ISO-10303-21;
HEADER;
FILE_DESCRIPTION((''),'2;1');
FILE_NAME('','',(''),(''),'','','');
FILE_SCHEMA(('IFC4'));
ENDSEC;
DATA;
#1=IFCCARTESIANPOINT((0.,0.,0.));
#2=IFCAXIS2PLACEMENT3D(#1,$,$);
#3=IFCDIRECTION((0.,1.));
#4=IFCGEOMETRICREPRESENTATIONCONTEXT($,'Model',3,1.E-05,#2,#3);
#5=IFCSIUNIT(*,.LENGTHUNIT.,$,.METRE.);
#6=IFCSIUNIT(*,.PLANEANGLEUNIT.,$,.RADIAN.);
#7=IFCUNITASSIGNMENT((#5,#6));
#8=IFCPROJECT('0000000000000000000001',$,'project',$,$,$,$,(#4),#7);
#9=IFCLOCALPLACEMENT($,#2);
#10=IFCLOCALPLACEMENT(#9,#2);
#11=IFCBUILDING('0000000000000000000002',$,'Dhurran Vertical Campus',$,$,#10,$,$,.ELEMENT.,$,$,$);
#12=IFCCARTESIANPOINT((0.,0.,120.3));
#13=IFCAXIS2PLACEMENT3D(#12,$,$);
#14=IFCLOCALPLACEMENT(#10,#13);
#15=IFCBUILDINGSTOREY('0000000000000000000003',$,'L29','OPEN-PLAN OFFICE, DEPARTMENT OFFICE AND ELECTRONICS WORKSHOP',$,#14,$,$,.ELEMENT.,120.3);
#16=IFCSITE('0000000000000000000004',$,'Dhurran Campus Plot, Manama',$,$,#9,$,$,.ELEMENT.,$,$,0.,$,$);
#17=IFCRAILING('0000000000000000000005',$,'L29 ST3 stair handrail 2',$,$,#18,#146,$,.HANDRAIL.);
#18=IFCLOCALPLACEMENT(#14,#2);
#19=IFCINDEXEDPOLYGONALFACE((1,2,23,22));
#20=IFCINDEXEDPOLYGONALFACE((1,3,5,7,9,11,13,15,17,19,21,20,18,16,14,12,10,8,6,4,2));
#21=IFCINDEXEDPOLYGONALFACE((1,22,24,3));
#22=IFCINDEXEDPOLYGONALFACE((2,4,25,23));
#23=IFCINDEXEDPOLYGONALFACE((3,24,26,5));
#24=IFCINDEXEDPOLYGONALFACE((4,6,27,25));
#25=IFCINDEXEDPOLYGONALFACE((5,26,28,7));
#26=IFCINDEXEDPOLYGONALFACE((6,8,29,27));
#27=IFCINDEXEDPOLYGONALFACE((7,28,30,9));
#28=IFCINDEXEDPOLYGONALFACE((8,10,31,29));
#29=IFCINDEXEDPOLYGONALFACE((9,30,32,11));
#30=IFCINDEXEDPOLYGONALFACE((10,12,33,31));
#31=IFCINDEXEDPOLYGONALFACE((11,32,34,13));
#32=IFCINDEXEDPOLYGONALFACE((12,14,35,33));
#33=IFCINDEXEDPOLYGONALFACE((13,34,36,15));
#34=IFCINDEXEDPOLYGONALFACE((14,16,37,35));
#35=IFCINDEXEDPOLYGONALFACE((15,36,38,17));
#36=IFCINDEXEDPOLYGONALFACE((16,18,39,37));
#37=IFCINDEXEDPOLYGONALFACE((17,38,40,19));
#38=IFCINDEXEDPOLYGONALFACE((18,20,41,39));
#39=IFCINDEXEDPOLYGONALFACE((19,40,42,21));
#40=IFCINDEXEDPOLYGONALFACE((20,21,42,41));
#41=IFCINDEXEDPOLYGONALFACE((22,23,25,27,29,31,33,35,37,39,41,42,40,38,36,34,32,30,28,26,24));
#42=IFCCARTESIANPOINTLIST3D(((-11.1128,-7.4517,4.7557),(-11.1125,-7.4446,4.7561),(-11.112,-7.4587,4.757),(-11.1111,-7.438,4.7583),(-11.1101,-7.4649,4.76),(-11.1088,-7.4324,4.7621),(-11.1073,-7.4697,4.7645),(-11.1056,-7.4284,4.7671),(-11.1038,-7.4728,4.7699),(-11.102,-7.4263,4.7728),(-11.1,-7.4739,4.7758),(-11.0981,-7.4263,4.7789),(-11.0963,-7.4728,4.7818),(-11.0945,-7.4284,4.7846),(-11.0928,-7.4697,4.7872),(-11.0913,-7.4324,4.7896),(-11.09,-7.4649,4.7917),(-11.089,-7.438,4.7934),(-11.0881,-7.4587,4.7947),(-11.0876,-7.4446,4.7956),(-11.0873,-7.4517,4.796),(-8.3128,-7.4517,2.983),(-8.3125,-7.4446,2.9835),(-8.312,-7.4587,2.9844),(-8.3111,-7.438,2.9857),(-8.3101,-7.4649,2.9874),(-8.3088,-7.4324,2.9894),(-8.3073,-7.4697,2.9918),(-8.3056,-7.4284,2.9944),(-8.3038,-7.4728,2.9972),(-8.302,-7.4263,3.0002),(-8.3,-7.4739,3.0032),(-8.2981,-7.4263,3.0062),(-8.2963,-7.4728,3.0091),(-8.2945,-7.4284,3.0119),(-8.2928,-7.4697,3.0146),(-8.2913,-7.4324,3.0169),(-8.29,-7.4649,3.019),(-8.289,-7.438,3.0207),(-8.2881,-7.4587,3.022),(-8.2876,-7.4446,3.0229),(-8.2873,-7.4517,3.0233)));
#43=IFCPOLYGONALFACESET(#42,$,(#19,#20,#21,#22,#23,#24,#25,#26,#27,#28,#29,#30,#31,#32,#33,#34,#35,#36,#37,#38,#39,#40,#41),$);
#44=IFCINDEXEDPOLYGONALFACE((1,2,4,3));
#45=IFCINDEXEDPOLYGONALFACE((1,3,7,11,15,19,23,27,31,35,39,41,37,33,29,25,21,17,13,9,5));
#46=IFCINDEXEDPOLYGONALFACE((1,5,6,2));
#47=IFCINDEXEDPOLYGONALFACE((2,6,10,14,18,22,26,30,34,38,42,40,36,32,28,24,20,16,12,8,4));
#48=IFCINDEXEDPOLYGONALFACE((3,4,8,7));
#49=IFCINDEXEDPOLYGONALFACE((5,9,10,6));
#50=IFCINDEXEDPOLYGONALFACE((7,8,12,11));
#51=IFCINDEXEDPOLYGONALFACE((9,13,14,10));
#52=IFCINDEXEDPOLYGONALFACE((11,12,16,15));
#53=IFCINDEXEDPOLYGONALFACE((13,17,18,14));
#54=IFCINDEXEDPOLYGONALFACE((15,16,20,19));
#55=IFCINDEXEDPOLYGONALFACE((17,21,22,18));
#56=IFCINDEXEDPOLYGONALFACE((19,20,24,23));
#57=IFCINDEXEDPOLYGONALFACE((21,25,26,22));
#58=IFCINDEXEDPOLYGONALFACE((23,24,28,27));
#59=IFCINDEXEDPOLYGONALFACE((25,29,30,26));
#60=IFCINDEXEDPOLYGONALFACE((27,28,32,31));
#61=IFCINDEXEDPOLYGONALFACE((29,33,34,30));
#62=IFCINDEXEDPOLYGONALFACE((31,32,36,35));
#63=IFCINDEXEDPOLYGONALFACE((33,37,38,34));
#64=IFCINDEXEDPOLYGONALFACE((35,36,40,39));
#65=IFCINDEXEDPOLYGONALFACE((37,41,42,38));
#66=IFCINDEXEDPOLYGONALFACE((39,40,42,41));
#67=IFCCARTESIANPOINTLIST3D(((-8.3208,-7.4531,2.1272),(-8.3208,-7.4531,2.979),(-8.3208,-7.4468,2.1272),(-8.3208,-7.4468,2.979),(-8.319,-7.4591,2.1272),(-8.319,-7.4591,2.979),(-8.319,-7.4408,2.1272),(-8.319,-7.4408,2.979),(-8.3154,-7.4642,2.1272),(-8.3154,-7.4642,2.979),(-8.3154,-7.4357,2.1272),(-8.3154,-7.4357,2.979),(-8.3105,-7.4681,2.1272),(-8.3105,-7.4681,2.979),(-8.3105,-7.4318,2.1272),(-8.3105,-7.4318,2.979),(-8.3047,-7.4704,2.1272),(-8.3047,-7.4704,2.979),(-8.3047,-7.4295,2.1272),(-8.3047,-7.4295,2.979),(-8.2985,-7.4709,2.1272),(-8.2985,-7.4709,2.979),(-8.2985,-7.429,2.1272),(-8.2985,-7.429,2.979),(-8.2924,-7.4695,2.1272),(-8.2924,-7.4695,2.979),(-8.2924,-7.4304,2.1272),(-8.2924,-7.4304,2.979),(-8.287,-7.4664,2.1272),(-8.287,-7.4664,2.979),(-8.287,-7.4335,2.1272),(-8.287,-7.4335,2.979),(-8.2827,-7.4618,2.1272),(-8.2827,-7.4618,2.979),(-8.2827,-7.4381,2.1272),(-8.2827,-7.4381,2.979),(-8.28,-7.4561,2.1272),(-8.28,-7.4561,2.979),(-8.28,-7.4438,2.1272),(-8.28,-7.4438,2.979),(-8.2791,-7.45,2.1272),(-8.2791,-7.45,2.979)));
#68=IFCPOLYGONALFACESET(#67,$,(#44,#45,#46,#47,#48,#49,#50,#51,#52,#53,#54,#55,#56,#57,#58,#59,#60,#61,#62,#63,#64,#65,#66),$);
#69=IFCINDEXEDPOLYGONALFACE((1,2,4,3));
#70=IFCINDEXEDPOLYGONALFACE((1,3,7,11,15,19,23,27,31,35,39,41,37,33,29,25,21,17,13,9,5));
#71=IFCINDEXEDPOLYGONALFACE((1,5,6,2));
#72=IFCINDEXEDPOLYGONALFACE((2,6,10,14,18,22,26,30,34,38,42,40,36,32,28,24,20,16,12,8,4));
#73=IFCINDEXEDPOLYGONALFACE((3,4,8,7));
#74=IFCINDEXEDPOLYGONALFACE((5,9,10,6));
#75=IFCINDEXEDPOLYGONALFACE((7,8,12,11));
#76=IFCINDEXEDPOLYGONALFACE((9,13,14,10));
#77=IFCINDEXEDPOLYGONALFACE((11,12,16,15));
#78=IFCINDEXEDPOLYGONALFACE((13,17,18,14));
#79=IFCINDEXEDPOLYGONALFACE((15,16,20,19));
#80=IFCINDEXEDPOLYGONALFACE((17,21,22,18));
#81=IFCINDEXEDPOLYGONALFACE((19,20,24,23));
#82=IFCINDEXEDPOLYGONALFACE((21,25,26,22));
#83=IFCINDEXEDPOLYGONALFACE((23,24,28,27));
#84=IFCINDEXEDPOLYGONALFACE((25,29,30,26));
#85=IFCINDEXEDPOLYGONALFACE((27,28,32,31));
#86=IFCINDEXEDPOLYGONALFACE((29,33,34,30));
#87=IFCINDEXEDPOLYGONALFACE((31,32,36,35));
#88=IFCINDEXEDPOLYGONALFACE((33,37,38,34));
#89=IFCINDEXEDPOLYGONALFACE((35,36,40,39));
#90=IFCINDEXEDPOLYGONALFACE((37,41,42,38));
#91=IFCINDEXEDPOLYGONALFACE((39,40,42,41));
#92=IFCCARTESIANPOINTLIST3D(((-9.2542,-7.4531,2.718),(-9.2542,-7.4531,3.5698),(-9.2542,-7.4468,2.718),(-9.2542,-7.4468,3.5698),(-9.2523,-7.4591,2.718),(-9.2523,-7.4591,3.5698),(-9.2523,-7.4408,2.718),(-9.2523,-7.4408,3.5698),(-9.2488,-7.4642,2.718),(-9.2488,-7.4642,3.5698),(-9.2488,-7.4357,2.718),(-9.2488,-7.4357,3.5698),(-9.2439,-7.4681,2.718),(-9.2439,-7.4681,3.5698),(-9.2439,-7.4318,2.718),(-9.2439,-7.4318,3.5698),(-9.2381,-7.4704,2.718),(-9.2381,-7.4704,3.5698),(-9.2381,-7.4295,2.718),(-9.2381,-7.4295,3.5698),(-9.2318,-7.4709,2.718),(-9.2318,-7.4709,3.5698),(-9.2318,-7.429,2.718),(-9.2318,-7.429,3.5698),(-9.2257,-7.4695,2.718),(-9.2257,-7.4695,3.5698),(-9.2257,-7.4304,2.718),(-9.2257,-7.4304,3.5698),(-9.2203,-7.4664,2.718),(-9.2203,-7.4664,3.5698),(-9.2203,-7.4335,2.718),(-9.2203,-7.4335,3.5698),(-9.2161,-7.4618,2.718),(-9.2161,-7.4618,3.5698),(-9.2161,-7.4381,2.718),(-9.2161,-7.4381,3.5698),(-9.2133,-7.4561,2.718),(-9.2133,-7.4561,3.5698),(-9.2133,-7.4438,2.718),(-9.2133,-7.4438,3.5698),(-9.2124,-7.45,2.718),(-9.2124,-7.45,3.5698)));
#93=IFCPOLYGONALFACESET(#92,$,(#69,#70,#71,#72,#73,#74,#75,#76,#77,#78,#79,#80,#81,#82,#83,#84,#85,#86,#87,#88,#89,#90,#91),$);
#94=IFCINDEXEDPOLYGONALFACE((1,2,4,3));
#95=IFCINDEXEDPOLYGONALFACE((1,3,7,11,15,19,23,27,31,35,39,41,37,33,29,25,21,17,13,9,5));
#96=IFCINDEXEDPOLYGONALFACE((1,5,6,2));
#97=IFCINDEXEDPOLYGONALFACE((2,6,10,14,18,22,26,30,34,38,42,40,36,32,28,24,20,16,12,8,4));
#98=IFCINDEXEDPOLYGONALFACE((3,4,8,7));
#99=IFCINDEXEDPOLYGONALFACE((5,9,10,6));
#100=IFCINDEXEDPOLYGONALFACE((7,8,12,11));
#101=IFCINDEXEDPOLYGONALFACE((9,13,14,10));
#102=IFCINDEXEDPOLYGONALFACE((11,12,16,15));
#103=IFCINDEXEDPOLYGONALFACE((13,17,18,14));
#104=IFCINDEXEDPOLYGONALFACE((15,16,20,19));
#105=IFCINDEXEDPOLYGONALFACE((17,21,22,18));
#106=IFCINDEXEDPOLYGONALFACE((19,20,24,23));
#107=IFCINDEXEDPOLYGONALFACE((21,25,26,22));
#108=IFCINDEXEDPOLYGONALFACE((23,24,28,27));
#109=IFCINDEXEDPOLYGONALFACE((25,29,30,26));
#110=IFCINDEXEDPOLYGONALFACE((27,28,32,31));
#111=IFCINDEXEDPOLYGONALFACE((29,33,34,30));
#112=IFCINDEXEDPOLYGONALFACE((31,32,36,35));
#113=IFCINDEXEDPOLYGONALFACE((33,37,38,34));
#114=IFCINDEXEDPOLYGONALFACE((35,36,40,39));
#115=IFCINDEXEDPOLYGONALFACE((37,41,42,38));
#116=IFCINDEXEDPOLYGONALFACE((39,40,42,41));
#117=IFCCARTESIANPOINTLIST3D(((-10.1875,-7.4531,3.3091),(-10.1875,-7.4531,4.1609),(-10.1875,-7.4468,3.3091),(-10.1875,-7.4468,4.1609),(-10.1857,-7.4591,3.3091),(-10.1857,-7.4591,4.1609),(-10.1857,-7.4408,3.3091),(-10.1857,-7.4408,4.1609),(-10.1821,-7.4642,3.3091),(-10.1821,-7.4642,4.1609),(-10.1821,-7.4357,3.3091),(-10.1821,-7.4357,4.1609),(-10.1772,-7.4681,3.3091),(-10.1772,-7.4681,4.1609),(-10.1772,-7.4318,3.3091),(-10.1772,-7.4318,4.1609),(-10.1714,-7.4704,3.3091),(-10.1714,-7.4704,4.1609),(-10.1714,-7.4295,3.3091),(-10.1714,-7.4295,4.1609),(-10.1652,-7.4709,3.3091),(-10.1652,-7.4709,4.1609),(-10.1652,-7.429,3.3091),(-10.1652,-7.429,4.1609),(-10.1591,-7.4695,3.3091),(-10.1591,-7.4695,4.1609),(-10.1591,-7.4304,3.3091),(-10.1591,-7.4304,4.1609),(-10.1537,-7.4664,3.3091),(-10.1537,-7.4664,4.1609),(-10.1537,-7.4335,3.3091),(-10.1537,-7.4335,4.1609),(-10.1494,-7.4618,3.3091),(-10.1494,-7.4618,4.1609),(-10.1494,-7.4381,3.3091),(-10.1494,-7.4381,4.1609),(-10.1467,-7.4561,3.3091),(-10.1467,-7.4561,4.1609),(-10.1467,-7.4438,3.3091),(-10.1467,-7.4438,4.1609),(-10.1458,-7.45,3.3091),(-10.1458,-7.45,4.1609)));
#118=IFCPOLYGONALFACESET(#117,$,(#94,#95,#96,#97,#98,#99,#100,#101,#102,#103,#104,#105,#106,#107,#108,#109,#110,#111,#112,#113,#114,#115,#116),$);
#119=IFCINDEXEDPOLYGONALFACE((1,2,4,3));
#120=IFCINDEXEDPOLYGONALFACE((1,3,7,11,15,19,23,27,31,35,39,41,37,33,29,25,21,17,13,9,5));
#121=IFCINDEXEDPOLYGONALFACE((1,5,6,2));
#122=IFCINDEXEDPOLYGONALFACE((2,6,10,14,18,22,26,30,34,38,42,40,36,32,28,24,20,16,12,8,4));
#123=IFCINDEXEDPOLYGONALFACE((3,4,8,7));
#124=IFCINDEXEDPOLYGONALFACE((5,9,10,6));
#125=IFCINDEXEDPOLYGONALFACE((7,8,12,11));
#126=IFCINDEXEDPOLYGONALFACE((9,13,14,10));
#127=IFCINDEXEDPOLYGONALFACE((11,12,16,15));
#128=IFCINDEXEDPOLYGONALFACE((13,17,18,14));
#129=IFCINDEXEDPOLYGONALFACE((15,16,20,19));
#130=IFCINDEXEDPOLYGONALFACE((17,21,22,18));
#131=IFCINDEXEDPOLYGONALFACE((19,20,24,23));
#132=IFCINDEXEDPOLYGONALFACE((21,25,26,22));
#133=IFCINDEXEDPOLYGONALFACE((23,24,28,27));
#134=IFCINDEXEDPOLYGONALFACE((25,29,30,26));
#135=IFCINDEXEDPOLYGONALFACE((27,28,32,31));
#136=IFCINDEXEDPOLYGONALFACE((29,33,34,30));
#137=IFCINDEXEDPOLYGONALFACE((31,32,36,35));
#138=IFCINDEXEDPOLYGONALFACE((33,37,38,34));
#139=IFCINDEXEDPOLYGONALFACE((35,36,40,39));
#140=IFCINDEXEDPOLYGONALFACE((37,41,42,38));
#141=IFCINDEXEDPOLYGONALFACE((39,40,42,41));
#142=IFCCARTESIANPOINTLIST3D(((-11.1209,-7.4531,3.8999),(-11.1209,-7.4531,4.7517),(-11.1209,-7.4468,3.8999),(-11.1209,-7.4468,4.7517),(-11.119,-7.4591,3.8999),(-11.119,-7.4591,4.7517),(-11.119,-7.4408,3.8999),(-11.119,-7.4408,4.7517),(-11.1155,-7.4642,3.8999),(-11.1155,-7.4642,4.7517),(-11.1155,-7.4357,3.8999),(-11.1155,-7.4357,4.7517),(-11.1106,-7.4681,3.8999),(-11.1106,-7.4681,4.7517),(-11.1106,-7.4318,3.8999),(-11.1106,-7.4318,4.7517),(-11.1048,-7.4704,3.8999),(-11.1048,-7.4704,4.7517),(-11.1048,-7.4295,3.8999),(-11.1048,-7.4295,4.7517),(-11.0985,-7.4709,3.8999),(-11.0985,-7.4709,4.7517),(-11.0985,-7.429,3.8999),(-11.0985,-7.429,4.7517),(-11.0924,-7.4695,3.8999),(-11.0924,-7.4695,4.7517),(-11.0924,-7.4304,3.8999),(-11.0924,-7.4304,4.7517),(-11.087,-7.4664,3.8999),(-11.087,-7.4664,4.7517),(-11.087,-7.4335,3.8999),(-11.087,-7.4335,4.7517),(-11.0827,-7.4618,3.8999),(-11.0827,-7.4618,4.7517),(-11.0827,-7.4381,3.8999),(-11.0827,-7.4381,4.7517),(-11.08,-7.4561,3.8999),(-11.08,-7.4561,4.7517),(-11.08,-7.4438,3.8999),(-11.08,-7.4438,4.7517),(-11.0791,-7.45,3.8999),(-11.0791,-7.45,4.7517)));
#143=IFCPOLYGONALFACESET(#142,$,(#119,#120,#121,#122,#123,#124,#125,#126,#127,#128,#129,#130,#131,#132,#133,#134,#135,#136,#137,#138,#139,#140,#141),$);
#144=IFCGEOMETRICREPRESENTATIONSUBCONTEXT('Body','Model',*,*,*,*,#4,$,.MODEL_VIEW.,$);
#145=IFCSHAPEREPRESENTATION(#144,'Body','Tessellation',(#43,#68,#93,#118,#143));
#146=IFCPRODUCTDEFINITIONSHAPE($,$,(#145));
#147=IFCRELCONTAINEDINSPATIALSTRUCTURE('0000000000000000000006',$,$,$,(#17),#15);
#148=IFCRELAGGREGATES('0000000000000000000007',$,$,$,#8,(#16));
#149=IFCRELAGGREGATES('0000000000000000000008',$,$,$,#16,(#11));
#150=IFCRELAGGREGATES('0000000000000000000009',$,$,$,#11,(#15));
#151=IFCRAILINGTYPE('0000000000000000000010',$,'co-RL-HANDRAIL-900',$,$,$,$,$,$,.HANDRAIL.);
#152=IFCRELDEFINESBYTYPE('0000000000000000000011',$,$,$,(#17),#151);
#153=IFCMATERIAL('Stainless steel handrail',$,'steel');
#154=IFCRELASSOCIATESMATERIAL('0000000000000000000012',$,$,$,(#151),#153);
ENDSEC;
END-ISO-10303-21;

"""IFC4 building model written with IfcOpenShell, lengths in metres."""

from ifc_helpers import new_model, si_unit, direction, frame, origin, origin_2d, place, context, subcontext, project, spatial, circle, extrude, material, type_object, element, save


model = new_model("IFC4")

# Units and contexts
model_context = context("Model", 3, precision=1e-05, world=origin(), true_north=direction((0.0, 1.0)))
body_context = subcontext(model_context, "Body", "Model", "MODEL_VIEW")
ifc_project = project(units=[si_unit("LENGTHUNIT", "METRE"), si_unit("PLANEANGLEUNIT", "RADIAN")], contexts=[model_context])

# Site, building, storey
site_placement = place(None, origin())
site = spatial("IfcSite", under=ifc_project, at=site_placement, Name="Dhurran Campus Plot, Manama", CompositionType="ELEMENT", RefElevation=0.0)
building_placement = place(site_placement, origin())
building = spatial("IfcBuilding", under=site, at=building_placement, Name="Dhurran Vertical Campus", CompositionType="ELEMENT")
storey_placement = place(building_placement, frame((0.0, 0.0, 120.3)))
storey = spatial("IfcBuildingStorey", under=building, at=storey_placement, Name="L29", Description="OPEN-PLAN OFFICE, DEPARTMENT OFFICE AND ELECTRONICS WORKSHOP", CompositionType="ELEMENT", Elevation=120.3)

# Railing
ifc_material_1 = material(Name="Stainless steel handrail", Category="steel")
railing_type_1 = type_object("IfcRailingType", Name="co-RL-HANDRAIL-900", PredefinedType="HANDRAIL", material=ifc_material_1)
railing_1_placement = place(storey_placement, frame((-8.3, -7.45, 2.1272)))
element("IfcRailing", 1, at=railing_1_placement, inside=storey, type_object=railing_type_1, Name="L29 ST3 stair handrail 2", PredefinedType="HANDRAIL", context=body_context, shape_type="SweptSolid", body=[
    extrude(circle(Radius=0.0239, at=origin_2d()), frame((0.0, 0.0, 0.876), z_axis=(-0.844909, 0.0, 0.53491), x_axis=(0.0, -1.0, 0.0)), (0.0, 0.0, 1.0), 3.314),
    extrude(circle(Radius=0.021, at=origin_2d()), origin(), (0.0, 0.0, 1.0), 0.8518),
    extrude(circle(Radius=0.021, at=origin_2d()), frame((-0.9333, 0.0, 0.5908)), (0.0, 0.0, 1.0), 0.8518),
    extrude(circle(Radius=0.021, at=origin_2d()), frame((-1.8667, 0.0, 1.1819)), (0.0, 0.0, 1.0), 0.8518),
    extrude(circle(Radius=0.021, at=origin_2d()), frame((-2.8, 0.0, 1.7727)), (0.0, 0.0, 1.0), 0.8518),
])

save(model, "model.ifc")
